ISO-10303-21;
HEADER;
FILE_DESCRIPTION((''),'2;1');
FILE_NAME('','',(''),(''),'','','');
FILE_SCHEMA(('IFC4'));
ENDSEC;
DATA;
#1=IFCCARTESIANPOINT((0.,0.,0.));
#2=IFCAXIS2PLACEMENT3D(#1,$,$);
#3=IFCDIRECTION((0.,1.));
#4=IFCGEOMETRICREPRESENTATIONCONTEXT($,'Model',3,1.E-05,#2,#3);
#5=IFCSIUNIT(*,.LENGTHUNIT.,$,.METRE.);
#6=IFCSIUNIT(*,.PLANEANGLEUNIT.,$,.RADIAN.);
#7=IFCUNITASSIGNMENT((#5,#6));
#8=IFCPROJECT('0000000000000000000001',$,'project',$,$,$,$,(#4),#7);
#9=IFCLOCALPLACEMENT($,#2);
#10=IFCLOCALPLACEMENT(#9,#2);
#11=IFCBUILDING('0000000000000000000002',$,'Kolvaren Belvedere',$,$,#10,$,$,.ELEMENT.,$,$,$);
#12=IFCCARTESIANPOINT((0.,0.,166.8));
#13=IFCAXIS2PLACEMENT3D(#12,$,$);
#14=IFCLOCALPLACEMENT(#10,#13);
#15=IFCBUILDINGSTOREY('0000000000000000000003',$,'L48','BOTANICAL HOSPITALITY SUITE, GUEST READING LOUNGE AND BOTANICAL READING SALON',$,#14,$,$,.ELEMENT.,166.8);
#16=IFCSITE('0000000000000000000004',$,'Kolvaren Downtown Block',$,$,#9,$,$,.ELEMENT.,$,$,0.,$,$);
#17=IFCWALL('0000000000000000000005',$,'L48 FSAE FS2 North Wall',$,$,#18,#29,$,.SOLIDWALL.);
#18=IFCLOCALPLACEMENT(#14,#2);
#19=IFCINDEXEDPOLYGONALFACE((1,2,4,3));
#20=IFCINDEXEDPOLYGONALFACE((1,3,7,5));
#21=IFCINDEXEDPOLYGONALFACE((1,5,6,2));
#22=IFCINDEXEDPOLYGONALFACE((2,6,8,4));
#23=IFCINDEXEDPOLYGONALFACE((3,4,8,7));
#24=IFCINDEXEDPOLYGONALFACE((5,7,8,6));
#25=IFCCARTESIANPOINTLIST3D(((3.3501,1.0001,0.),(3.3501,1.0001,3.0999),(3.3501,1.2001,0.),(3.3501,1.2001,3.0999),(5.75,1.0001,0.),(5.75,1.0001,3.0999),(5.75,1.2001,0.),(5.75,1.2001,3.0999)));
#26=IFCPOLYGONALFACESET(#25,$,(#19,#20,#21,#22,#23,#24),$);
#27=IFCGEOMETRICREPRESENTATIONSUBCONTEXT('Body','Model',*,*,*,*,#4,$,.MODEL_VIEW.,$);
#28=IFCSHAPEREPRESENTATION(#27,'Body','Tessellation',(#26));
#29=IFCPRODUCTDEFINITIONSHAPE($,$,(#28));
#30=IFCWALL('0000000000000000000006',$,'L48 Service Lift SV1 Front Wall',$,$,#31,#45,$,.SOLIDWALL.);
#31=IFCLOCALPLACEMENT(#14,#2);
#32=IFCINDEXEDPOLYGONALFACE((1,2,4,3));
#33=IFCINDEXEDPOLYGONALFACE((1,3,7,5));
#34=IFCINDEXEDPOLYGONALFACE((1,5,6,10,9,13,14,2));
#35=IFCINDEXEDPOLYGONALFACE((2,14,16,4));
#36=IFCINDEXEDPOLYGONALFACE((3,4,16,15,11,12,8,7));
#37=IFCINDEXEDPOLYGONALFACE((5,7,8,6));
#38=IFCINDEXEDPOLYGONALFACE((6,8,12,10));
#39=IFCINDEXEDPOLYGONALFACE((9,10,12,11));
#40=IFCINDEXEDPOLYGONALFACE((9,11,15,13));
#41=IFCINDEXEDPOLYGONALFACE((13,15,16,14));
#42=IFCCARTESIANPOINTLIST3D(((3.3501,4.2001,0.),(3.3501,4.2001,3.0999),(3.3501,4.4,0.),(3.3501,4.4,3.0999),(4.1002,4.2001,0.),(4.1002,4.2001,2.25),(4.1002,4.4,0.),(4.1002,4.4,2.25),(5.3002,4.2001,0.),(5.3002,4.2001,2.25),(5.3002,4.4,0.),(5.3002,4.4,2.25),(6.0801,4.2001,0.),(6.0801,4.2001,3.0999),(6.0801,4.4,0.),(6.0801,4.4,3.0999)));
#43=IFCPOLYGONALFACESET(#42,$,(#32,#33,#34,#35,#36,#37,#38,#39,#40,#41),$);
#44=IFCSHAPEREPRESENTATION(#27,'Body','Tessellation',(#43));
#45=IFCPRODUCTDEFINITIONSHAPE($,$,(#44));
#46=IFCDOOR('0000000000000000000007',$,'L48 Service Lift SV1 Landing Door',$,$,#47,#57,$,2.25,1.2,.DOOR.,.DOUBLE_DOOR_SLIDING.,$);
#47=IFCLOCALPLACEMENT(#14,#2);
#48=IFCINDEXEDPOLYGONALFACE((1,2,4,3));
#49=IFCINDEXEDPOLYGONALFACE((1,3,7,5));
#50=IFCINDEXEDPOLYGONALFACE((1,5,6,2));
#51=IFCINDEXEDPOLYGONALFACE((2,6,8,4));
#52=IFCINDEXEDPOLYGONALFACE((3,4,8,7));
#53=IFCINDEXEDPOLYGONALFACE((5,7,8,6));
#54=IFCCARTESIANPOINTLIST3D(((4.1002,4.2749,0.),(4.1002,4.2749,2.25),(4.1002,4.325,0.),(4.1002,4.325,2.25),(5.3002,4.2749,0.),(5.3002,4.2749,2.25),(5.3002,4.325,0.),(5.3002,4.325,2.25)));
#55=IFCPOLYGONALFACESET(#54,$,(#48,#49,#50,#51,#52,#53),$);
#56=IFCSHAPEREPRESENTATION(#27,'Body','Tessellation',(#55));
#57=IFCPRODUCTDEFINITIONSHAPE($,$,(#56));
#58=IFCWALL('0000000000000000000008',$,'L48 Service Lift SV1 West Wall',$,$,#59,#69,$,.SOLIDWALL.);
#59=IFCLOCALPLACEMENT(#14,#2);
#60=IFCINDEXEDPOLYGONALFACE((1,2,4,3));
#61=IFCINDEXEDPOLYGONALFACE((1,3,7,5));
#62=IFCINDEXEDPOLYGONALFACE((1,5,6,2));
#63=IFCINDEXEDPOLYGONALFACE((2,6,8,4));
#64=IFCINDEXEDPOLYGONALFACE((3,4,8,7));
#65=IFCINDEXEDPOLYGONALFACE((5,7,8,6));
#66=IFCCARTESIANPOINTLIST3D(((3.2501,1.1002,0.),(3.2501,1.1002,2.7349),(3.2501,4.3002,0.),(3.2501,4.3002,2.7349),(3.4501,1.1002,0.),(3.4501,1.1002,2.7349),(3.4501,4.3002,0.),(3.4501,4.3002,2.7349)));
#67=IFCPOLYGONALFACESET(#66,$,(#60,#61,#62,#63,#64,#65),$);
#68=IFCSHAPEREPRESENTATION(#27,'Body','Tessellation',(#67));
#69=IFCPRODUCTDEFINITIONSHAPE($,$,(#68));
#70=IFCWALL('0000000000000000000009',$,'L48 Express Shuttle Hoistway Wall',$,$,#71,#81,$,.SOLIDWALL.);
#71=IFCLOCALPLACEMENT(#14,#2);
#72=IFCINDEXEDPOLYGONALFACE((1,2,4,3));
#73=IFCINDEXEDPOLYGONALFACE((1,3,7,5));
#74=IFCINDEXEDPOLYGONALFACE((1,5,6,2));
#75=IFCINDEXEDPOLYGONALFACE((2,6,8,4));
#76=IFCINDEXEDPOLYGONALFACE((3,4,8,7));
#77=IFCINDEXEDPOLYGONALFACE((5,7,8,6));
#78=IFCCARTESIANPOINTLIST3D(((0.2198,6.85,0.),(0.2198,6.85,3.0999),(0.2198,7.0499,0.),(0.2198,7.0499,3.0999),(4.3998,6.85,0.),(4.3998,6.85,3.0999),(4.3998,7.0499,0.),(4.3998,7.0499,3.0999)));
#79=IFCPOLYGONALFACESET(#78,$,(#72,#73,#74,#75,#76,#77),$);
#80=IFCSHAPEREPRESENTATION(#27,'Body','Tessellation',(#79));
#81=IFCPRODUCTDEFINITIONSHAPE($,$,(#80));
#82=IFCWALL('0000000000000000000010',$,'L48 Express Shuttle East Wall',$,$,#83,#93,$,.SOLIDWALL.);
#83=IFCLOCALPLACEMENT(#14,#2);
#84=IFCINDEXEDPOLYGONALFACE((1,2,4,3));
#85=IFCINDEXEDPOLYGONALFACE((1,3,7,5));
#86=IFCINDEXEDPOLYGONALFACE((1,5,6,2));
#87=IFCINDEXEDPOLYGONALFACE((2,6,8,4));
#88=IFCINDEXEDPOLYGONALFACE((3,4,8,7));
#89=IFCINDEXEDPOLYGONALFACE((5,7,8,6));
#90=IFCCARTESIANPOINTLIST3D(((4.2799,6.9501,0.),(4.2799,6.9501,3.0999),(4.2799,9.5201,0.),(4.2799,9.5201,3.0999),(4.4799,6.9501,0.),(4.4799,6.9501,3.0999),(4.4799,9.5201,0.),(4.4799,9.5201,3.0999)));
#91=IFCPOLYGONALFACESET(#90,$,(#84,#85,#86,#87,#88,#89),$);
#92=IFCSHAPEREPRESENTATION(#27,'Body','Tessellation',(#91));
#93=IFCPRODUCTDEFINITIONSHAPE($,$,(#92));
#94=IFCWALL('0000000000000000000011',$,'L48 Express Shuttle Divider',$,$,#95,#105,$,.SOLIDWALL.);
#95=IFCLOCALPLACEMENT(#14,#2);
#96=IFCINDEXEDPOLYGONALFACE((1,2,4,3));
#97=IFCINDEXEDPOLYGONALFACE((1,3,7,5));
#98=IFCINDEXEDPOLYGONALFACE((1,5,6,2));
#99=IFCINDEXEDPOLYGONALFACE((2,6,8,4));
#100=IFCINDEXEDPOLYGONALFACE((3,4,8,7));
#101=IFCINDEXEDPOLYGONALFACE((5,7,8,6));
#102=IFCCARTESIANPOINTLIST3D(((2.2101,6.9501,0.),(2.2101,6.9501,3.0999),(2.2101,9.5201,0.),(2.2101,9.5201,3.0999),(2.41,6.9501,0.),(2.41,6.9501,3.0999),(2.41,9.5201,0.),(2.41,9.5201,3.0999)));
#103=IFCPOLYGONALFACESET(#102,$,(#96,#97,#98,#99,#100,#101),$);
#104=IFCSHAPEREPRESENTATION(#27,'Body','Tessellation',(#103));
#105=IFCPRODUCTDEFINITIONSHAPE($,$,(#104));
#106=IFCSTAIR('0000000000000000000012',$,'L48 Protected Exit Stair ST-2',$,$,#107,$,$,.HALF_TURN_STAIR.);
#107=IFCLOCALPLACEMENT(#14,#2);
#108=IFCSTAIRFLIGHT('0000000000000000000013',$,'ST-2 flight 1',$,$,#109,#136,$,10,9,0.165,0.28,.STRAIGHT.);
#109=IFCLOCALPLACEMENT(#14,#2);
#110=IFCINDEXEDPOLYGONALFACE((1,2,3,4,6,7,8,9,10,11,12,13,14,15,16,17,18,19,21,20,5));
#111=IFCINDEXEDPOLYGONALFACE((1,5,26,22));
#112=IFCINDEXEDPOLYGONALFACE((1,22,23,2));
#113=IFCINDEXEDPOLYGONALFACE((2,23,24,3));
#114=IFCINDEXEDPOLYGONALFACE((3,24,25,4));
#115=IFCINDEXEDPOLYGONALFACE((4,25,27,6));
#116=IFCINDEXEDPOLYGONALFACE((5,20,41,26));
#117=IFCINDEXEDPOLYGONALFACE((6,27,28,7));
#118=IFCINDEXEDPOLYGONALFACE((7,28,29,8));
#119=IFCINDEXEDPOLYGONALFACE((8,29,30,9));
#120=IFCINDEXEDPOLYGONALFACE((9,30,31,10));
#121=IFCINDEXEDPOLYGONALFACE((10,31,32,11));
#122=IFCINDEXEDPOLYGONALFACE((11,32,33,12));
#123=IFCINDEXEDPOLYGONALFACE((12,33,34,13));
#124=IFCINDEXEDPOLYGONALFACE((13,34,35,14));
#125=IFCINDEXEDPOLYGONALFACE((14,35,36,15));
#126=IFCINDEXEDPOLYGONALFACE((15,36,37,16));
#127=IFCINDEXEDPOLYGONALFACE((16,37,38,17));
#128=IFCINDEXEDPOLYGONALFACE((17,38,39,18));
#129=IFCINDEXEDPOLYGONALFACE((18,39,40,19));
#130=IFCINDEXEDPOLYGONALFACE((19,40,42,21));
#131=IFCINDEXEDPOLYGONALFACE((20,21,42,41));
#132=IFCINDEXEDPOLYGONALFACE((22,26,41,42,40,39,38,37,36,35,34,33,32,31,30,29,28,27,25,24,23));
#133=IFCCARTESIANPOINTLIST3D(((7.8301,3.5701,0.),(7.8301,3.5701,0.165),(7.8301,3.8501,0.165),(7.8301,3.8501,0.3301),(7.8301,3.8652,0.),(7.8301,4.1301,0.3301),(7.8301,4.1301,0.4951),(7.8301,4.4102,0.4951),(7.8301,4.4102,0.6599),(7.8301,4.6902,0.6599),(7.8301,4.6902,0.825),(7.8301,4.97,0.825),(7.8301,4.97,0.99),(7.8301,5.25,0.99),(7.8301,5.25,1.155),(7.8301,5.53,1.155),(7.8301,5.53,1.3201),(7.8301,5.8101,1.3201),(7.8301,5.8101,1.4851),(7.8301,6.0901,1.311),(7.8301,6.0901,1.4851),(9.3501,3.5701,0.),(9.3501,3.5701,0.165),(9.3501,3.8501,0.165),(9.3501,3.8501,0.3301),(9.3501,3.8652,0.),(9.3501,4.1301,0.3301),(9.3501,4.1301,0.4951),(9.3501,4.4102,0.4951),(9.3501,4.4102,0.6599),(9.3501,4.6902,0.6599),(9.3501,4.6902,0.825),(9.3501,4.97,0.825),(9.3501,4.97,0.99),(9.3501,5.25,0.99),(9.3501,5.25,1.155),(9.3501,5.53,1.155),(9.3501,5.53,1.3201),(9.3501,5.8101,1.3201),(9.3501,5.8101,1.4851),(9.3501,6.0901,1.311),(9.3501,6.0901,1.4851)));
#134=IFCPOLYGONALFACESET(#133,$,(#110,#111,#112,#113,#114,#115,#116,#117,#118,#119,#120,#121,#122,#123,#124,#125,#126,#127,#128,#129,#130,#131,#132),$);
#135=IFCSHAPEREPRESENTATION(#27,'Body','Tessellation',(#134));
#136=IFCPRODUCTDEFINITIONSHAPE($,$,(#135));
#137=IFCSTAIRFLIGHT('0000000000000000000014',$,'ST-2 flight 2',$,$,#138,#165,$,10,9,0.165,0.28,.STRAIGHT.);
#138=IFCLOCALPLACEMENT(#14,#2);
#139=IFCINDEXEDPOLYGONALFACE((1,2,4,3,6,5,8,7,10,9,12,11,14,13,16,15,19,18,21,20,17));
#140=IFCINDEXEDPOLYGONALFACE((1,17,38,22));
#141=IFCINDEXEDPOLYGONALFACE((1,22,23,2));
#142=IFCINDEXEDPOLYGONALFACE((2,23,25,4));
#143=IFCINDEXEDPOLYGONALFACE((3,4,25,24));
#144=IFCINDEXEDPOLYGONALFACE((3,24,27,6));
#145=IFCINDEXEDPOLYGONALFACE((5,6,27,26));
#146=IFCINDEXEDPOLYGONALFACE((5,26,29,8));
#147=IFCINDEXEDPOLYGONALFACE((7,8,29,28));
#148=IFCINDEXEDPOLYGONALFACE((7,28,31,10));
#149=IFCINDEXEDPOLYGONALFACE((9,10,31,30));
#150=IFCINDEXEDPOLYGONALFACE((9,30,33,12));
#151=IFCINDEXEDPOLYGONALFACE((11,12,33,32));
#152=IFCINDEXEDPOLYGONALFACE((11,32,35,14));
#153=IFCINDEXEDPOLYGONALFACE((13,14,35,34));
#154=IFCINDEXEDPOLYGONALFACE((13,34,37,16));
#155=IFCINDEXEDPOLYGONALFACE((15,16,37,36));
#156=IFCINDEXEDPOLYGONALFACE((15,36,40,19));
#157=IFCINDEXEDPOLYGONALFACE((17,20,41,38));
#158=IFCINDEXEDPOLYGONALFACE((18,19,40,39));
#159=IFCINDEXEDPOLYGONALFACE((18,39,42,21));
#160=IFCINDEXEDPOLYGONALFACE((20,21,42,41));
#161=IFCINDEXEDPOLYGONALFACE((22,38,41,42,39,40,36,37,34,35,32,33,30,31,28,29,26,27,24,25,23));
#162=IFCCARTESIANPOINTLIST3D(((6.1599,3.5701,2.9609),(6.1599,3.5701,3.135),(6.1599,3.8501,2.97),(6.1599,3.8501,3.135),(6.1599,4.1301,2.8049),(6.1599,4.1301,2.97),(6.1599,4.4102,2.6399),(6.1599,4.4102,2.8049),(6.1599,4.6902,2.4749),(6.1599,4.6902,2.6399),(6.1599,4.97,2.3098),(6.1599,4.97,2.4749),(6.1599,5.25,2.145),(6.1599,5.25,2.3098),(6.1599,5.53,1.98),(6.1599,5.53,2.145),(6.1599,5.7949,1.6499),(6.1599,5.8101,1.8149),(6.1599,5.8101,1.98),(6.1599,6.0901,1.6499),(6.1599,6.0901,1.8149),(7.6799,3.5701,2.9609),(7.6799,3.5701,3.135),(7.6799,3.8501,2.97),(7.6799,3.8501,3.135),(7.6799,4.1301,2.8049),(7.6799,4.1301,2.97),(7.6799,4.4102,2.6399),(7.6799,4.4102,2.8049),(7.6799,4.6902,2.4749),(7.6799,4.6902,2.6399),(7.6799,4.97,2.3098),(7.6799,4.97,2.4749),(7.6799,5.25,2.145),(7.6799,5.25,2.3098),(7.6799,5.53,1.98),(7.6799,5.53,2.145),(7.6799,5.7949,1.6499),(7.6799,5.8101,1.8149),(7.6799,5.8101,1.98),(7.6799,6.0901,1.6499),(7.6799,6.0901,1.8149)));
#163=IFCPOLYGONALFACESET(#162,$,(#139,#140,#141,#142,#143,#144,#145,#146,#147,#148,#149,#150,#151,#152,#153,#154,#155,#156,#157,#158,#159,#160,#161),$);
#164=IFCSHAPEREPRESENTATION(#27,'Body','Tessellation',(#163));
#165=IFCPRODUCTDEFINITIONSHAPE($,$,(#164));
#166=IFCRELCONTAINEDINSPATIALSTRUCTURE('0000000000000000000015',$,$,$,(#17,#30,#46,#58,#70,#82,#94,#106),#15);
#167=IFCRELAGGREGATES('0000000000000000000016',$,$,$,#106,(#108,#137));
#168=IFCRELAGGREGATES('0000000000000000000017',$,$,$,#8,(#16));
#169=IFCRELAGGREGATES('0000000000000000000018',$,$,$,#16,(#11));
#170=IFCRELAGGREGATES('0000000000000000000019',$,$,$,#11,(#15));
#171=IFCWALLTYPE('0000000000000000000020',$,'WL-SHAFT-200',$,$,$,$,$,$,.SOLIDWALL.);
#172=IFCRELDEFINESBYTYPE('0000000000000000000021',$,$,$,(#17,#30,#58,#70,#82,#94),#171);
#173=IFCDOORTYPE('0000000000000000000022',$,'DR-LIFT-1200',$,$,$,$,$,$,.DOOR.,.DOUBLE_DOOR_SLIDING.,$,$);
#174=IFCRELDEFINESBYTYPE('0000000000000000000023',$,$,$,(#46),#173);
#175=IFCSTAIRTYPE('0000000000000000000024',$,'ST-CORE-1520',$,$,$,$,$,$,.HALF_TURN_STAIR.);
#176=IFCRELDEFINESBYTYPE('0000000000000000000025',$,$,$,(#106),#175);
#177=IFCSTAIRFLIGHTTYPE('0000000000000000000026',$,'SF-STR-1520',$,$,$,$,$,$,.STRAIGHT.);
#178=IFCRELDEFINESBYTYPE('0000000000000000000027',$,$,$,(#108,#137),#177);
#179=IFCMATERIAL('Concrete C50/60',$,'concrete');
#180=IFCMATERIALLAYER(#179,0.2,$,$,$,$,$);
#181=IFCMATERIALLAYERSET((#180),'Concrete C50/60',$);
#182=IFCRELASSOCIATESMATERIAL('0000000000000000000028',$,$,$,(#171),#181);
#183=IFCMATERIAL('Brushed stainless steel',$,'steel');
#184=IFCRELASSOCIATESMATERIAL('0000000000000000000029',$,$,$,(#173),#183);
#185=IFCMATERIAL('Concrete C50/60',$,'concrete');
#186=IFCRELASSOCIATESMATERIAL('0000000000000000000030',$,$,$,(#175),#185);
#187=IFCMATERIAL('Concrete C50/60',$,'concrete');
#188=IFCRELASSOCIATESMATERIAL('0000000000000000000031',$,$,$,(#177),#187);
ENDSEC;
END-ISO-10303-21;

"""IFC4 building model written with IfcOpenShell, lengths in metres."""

from ifc_helpers import new_model, si_unit, direction, frame, frame_2d, origin, place, context, subcontext, project, spatial, polyline, rectangle, outline, extrude, material, layer, layer_set, type_object, element, fill, aggregate, save


model = new_model("IFC4")

# Units and contexts
model_context = context("Model", 3, precision=1e-05, world=origin(), true_north=direction((0.0, 1.0)))
body_context = subcontext(model_context, "Body", "Model", "MODEL_VIEW")
ifc_project = project(units=[si_unit("LENGTHUNIT", "METRE"), si_unit("PLANEANGLEUNIT", "RADIAN")], contexts=[model_context])

# Site, building, storey
site_placement = place(None, origin())
site = spatial("IfcSite", under=ifc_project, at=site_placement, Name="Kolvaren Downtown Block", CompositionType="ELEMENT", RefElevation=0.0)
building_placement = place(site_placement, origin())
building = spatial("IfcBuilding", under=site, at=building_placement, Name="Kolvaren Belvedere", CompositionType="ELEMENT")
storey_placement = place(building_placement, frame((0.0, 0.0, 166.8)))
storey = spatial("IfcBuildingStorey", under=building, at=storey_placement, Name="L48", Description="BOTANICAL HOSPITALITY SUITE, GUEST READING LOUNGE AND BOTANICAL READING SALON", CompositionType="ELEMENT", Elevation=166.8)

# Wall
ifc_material_1 = material(Name="Concrete C50/60", Category="concrete")
ifc_layer_1 = layer(ifc_material_1, 0.2)
ifc_layer_set_1 = layer_set([ifc_layer_1], Name="Concrete C50/60")
wall_type_1 = type_object("IfcWallType", Name="WL-SHAFT-200", PredefinedType="SOLIDWALL", material=ifc_layer_set_1)
wall_1_placement = place(storey_placement, frame((3.3501, 1.1001, 0.0), z_axis=(0.0, 0.0, 1.0), x_axis=(1.0, 0.0, 0.0)))
element("IfcWall", 1, at=wall_1_placement, inside=storey, type_object=wall_type_1, Name="L48 FSAE FS2 North Wall", PredefinedType="SOLIDWALL", context=body_context, shape_type="SweptSolid", body=[
    extrude(rectangle(XDim=2.3999, YDim=0.2, at=frame_2d((1.2, 0.0))), origin(), (0.0, 0.0, 1.0), 3.0999),
])

# Wall, opening, door
wall_2_placement = place(storey_placement, frame((3.3501, 4.3, 0.0), z_axis=(0.0, 0.0, 1.0), x_axis=(1.0, 0.0, 0.0)))
wall_2 = element("IfcWall", 2, at=wall_2_placement, inside=storey, type_object=wall_type_1, Name="L48 Service Lift SV1 Front Wall", PredefinedType="SOLIDWALL", context=body_context, shape_type="SweptSolid", body=[
    extrude(rectangle(XDim=2.73, YDim=0.2, at=frame_2d((1.365, 0.0))), origin(), (0.0, 0.0, 1.0), 3.0999),
])
opening_1_placement = place(wall_2_placement, frame((0.75, 0.0, 0.0)))
opening_1 = element("IfcOpeningElement", 3, at=opening_1_placement, cuts=wall_2, PredefinedType="OPENING", context=body_context, shape_type="SweptSolid", body=[
    extrude(rectangle(XDim=1.2, YDim=2.25, at=frame_2d((0.6001, 1.125))), frame((0.0, 0.1099, 0.0), z_axis=(0.0, -1.0, 0.0), x_axis=(1.0, 0.0, 0.0)), (0.0, 0.0, 1.0), 0.22),
])
ifc_material_2 = material(Name="Brushed stainless steel", Category="steel")
door_type_1 = type_object("IfcDoorType", Name="DR-LIFT-1200", OperationType="DOUBLE_DOOR_SLIDING", PredefinedType="DOOR", material=ifc_material_2)
door_1_placement = place(opening_1_placement, origin())
door_1 = element("IfcDoor", 4, at=door_1_placement, inside=storey, type_object=door_type_1, Name="L48 Service Lift SV1 Landing Door", OperationType="DOUBLE_DOOR_SLIDING", OverallHeight=2.25, OverallWidth=1.2, PredefinedType="DOOR", context=body_context, shape_type="SweptSolid", body=[
    extrude(rectangle(XDim=1.2, YDim=2.25, at=frame_2d((0.6001, 1.125))), frame((0.0, 0.0249, 0.0), z_axis=(0.0, -1.0, 0.0), x_axis=(1.0, 0.0, 0.0)), (0.0, 0.0, 1.0), 0.05),
])
fill(opening_1, door_1)

# Walls
wall_3_placement = place(storey_placement, frame((3.3501, 1.1001, 0.0), z_axis=(0.0, 0.0, 1.0), x_axis=(0.0, 1.0, 0.0)))
element("IfcWall", 5, at=wall_3_placement, inside=storey, type_object=wall_type_1, Name="L48 Service Lift SV1 West Wall", PredefinedType="SOLIDWALL", context=body_context, shape_type="SweptSolid", body=[
    extrude(rectangle(XDim=3.2, YDim=0.2, at=frame_2d((1.6001, 0.0))), origin(), (0.0, 0.0, 1.0), 2.7349),
])
wall_4_placement = place(storey_placement, frame((0.22, 6.95, 0.0), z_axis=(0.0, 0.0, 1.0), x_axis=(1.0, 0.0, 0.0)))
element("IfcWall", 6, at=wall_4_placement, inside=storey, type_object=wall_type_1, Name="L48 Express Shuttle Hoistway Wall", PredefinedType="SOLIDWALL", context=body_context, shape_type="SweptSolid", body=[
    extrude(rectangle(XDim=4.1799, YDim=0.2, at=frame_2d((2.0898, 0.0))), origin(), (0.0, 0.0, 1.0), 3.0999),
])
for number, where, z_axis, x_axis, name in (
    (7, (4.3799, 6.95, 0.0), (0.0, 0.0, 1.0), (0.0, 1.0, 0.0), "L48 Express Shuttle East Wall"),
    (8, (2.3101, 6.95, 0.0), (0.0, 0.0, 1.0), (0.0, 1.0, 0.0), "L48 Express Shuttle Divider"),
):
    element("IfcWall", number, at=place(storey_placement, frame(where, z_axis=z_axis, x_axis=x_axis)), inside=storey, type_object=wall_type_1, Name=name, PredefinedType="SOLIDWALL", context=body_context, shape_type="SweptSolid", body=[
        extrude(rectangle(XDim=2.5701, YDim=0.2, at=frame_2d((1.2852, 0.0))), origin(), (0.0, 0.0, 1.0), 3.0999),
    ])

# Stair, stair flights
ifc_material_3 = material(Name="Concrete C50/60", Category="concrete")
stair_type = type_object("IfcStairType", Name="ST-CORE-1520", PredefinedType="HALF_TURN_STAIR", material=ifc_material_3)
stair_placement = place(storey_placement, origin())
stair = element("IfcStair", 9, at=stair_placement, inside=storey, type_object=stair_type, Name="L48 Protected Exit Stair ST-2", PredefinedType="HALF_TURN_STAIR")
ifc_material_4 = material(Name="Concrete C50/60", Category="concrete")
stair_flight_type = type_object("IfcStairFlightType", Name="SF-STR-1520", PredefinedType="STRAIGHT", material=ifc_material_4)
stair_flight_1_placement = place(storey_placement, frame((8.5901, 3.5701, 0.0), z_axis=(0.0, 0.0, 1.0), x_axis=(0.0, 1.0, 0.0)))
stair_flight_1 = element("IfcStairFlight", 10, at=stair_flight_1_placement, type_object=stair_flight_type, Name="ST-2 flight 1", NumberOfRisers=10, NumberOfTreads=9, PredefinedType="STRAIGHT", RiserHeight=0.165, TreadLength=0.28, context=body_context, shape_type="SweptSolid", body=[
    extrude(outline(polyline([(0.0, 0.0), (0.0, 0.165), (0.28, 0.165), (0.28, 0.3301), (0.5601, 0.3301), (0.5601, 0.4951), (0.8401, 0.4951), (0.8401, 0.6599), (1.1201, 0.6599), (1.1201, 0.825), (1.3999, 0.825), (1.3999, 0.99), (1.6799, 0.99), (1.6799, 1.155), (1.96, 1.155), (1.96, 1.3201), (2.24, 1.3201), (2.24, 1.4851), (2.52, 1.4851), (2.52, 1.6499), (2.52, 1.311), (0.2952, 0.0), (0.0, 0.0)])), frame((0.0, 0.76, 0.0), z_axis=(0.0, -1.0, 0.0), x_axis=(1.0, 0.0, 0.0)), (0.0, 0.0, 1.0), 1.52),
])
stair_flight_2_placement = place(storey_placement, frame((6.9199, 6.0901, 1.6499), z_axis=(0.0, 0.0, 1.0), x_axis=(0.0, -1.0, 0.0)))
stair_flight_2 = element("IfcStairFlight", 11, at=stair_flight_2_placement, type_object=stair_flight_type, Name="ST-2 flight 2", NumberOfRisers=10, NumberOfTreads=9, PredefinedType="STRAIGHT", RiserHeight=0.165, TreadLength=0.28, context=body_context, shape_type="SweptSolid", body=[
    extrude(outline(polyline([(0.0, 0.0), (0.0, 0.165), (0.28, 0.165), (0.28, 0.3301), (0.5601, 0.3301), (0.5601, 0.4951), (0.8401, 0.4951), (0.8401, 0.6599), (1.1201, 0.6599), (1.1201, 0.825), (1.3999, 0.825), (1.3999, 0.99), (1.6799, 0.99), (1.6799, 1.155), (1.96, 1.155), (1.96, 1.3201), (2.24, 1.3201), (2.24, 1.4851), (2.52, 1.4851), (2.52, 1.6499), (2.52, 1.311), (0.2952, 0.0), (0.0, 0.0)])), frame((0.0, 0.76, 0.0), z_axis=(0.0, -1.0, 0.0), x_axis=(1.0, 0.0, 0.0)), (0.0, 0.0, 1.0), 1.52),
])
aggregate(stair, [stair_flight_1, stair_flight_2])

save(model, "model.ifc")
